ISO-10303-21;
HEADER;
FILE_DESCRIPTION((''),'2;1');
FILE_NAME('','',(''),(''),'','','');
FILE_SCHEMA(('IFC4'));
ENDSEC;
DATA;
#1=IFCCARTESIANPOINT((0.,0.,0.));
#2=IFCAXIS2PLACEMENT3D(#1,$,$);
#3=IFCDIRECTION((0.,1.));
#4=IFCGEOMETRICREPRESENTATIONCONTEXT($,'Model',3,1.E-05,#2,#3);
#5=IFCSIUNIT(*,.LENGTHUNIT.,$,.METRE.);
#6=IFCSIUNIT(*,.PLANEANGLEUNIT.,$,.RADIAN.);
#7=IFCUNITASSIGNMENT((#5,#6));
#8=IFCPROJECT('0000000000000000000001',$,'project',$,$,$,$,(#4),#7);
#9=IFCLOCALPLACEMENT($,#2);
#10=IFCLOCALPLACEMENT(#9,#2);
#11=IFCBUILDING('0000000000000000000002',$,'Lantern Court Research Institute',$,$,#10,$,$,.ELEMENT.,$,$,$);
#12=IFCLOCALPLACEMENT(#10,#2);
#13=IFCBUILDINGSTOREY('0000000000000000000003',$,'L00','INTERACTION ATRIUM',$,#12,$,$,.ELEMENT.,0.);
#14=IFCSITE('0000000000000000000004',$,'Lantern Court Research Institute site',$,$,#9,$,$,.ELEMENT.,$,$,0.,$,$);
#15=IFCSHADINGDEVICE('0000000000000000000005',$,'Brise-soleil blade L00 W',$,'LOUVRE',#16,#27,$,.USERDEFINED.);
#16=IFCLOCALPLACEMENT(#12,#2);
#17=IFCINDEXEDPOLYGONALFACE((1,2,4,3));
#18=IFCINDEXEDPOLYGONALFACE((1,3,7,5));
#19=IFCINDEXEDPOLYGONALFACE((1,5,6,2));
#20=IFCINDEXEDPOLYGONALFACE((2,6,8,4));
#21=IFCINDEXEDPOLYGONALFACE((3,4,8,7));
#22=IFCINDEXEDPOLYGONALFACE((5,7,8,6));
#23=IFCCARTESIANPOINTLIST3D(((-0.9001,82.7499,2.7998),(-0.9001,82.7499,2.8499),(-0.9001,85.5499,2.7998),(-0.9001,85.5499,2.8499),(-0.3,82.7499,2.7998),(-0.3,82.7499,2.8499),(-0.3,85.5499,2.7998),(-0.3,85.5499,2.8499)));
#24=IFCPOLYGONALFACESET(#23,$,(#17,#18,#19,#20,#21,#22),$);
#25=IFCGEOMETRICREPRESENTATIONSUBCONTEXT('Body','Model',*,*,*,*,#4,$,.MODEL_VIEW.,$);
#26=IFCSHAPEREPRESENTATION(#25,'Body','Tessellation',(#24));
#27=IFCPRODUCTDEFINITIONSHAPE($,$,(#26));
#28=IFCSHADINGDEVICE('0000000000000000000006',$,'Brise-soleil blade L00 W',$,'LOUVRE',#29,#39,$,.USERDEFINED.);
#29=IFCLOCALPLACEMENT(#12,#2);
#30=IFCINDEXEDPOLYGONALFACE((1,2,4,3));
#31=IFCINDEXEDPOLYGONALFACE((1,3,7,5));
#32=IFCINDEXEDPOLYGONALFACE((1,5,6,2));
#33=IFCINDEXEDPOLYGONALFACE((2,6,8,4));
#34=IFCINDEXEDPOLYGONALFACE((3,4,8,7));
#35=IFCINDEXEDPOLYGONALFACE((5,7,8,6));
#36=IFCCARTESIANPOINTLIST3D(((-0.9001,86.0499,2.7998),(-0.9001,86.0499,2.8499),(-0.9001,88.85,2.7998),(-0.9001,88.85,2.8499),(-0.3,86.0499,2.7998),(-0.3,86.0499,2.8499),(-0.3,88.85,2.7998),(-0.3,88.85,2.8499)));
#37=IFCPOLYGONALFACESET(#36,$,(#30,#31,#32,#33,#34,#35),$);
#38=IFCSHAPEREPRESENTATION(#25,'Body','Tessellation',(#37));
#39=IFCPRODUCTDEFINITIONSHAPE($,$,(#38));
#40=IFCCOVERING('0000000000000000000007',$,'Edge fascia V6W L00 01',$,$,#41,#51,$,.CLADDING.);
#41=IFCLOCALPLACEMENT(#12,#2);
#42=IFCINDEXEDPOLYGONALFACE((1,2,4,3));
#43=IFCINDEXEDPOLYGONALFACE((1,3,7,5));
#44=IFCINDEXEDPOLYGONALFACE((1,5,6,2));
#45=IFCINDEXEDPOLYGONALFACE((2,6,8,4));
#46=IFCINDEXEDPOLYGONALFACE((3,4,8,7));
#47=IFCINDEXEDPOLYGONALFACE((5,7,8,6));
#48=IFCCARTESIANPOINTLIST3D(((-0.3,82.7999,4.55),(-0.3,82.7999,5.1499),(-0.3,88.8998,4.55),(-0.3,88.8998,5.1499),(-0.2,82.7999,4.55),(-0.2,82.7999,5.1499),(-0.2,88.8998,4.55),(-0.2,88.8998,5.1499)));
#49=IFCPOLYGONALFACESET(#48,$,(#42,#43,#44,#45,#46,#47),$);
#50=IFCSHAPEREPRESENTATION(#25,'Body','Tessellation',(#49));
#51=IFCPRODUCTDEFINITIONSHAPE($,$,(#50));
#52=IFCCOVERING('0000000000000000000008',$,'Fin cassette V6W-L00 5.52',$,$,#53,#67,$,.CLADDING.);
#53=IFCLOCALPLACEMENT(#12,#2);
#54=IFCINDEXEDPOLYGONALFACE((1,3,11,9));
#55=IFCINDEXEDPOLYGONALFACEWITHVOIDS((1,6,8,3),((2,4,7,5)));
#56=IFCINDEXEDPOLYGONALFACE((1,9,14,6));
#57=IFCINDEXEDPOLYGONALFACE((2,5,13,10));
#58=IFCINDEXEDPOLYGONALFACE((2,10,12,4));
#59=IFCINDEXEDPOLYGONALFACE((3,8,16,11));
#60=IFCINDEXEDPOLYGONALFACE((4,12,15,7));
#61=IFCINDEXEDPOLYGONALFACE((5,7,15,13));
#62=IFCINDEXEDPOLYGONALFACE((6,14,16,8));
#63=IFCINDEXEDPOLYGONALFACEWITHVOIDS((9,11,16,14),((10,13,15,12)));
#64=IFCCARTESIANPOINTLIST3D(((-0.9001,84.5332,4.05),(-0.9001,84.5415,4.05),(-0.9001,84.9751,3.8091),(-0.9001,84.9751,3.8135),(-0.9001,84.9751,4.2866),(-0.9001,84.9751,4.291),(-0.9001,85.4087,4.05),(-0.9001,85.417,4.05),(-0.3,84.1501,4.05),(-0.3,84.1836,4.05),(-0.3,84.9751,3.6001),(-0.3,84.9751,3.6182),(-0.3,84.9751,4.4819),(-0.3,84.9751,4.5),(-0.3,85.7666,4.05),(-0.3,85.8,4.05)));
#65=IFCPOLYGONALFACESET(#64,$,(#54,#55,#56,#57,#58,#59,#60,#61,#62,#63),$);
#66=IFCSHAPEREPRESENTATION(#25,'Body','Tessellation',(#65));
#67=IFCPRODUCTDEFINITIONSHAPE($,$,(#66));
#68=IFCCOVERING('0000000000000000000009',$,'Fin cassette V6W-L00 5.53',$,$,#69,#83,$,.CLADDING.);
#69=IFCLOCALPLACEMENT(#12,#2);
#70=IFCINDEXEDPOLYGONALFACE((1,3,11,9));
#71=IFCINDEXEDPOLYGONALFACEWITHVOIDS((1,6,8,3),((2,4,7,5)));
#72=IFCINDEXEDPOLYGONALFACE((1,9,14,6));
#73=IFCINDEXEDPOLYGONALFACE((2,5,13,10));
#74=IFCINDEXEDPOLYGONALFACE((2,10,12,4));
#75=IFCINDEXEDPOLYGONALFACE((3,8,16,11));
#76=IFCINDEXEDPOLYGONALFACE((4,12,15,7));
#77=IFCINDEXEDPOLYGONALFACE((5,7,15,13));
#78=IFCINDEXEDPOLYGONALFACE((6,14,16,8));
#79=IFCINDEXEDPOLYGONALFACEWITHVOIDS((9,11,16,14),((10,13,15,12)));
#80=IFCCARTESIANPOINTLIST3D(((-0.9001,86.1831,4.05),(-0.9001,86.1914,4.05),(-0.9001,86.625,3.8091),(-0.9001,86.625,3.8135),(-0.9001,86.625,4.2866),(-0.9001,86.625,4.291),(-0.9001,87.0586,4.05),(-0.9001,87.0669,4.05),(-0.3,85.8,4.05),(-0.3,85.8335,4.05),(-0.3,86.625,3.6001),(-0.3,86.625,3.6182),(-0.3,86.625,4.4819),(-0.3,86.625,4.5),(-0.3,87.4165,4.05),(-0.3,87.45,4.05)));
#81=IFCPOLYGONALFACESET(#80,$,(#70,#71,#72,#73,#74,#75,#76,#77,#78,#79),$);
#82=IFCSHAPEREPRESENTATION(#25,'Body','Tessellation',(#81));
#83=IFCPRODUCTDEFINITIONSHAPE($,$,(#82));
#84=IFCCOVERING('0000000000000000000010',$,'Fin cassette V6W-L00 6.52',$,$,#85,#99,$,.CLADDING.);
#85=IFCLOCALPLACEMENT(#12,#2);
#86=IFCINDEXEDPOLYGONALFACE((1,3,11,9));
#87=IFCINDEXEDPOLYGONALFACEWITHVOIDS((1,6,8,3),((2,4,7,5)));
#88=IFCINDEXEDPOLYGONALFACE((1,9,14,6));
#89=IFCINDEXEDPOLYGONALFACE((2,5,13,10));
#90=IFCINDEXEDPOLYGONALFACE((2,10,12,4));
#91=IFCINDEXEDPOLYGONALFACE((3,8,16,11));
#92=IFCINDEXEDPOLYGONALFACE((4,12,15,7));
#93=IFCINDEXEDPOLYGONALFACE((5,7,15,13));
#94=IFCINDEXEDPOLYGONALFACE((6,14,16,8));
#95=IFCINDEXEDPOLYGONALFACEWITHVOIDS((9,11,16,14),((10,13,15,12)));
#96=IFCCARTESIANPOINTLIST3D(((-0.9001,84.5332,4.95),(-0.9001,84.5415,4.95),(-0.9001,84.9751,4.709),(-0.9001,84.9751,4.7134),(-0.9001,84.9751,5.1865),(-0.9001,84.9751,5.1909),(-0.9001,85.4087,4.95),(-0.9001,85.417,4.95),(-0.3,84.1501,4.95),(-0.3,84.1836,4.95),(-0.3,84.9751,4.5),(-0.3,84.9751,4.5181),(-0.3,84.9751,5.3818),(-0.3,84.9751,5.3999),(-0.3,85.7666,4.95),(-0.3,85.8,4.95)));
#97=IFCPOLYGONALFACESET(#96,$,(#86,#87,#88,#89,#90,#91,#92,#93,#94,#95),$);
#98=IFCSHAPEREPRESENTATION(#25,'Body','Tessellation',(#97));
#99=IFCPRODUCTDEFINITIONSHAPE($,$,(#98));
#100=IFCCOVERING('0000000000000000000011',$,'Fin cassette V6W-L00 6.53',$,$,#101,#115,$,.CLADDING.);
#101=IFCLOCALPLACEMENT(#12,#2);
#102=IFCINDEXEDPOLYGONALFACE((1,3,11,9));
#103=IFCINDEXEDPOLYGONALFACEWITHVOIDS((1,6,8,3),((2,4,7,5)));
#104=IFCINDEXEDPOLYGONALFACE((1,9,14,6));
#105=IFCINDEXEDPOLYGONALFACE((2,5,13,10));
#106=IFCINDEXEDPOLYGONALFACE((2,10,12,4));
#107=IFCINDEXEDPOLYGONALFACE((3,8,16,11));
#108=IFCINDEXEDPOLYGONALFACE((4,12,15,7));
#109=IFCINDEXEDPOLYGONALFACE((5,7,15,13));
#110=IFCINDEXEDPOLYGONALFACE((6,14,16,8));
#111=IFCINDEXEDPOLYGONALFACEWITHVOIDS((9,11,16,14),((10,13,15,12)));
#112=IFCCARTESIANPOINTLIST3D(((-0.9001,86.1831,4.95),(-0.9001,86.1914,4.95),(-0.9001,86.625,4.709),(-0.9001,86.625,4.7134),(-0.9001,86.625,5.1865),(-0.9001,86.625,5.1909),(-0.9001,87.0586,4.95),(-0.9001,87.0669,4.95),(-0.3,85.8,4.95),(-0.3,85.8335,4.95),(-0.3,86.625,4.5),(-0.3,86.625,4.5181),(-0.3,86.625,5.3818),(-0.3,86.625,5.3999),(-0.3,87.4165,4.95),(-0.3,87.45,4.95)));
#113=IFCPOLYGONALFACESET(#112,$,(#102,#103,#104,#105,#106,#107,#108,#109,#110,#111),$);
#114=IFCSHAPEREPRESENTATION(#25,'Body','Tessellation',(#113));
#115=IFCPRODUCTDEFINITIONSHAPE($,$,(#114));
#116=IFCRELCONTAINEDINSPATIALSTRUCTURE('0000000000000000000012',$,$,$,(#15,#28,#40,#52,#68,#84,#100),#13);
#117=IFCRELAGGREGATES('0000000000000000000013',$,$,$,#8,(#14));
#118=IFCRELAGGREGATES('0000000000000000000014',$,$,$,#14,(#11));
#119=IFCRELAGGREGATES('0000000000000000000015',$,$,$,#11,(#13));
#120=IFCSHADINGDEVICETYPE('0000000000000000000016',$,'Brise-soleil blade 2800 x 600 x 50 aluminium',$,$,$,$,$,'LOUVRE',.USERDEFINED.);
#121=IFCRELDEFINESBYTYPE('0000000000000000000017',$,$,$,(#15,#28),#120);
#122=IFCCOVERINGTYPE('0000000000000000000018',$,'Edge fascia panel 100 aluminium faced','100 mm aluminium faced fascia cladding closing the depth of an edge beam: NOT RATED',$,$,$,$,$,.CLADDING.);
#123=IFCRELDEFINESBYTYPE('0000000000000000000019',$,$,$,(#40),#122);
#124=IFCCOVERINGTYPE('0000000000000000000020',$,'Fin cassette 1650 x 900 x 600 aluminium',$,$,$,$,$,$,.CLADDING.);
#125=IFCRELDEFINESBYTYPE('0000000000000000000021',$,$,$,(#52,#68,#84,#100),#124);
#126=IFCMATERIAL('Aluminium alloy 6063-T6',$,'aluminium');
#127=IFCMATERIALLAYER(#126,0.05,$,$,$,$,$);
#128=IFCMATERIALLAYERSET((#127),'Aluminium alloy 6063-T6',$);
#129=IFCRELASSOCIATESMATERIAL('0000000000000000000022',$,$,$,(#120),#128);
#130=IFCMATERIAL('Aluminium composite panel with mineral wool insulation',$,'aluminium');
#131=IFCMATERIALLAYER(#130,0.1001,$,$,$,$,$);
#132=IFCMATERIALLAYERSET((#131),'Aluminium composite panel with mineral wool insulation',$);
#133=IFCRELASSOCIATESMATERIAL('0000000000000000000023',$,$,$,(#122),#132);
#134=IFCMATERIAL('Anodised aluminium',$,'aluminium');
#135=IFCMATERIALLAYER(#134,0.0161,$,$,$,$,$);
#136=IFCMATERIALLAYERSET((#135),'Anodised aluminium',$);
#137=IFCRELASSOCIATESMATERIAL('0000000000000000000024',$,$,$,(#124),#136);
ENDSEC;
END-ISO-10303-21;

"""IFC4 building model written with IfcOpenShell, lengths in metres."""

from ifc_helpers import new_model, entity, si_unit, direction, frame, frame_2d, origin, origin_2d, place, context, subcontext, project, spatial, rectangle, extrude, material, layer, layer_set, type_object, element, save


model = new_model("IFC4")

# Units and contexts
model_context = context("Model", 3, precision=1e-05, world=origin(), true_north=direction((0.0, 1.0)))
body_context = subcontext(model_context, "Body", "Model", "MODEL_VIEW")
ifc_project = project(units=[si_unit("LENGTHUNIT", "METRE"), si_unit("PLANEANGLEUNIT", "RADIAN")], contexts=[model_context])

# Site, building, storey
site_placement = place(None, origin())
site = spatial("IfcSite", under=ifc_project, at=site_placement, Name="Lantern Court Research Institute site", CompositionType="ELEMENT", RefElevation=0.0)
building_placement = place(site_placement, origin())
building = spatial("IfcBuilding", under=site, at=building_placement, Name="Lantern Court Research Institute", CompositionType="ELEMENT")
storey_placement = place(building_placement, origin())
storey = spatial("IfcBuildingStorey", under=building, at=storey_placement, Name="L00", Description="INTERACTION ATRIUM", CompositionType="ELEMENT", Elevation=0.0)

# Shading devices
ifc_material_1 = material(Name="Aluminium alloy 6063-T6", Category="aluminium")
ifc_layer_1 = layer(ifc_material_1, 0.05)
ifc_layer_set_1 = layer_set([ifc_layer_1], Name="Aluminium alloy 6063-T6")
shading_device_type = type_object("IfcShadingDeviceType", Name="Brise-soleil blade 2800 x 600 x 50 aluminium", ElementType="LOUVRE", PredefinedType="USERDEFINED", material=ifc_layer_set_1)
for number, where, z_axis, x_axis, name in (
    (1, (-0.6001, 84.1499, 2.7998), (0.0, 0.0, 1.0), (0.0, 1.0, 0.0), "Brise-soleil blade L00 W"),
    (2, (-0.6001, 87.45, 2.7998), (0.0, 0.0, 1.0), (0.0, 1.0, 0.0), "Brise-soleil blade L00 W"),
):
    element("IfcShadingDevice", number, at=place(storey_placement, frame(where, z_axis=z_axis, x_axis=x_axis)), inside=storey, type_object=shading_device_type, Name=name, ObjectType="LOUVRE", PredefinedType="USERDEFINED", context=body_context, shape_type="SweptSolid", body=[
        extrude(rectangle(XDim=2.8, YDim=0.6001, at=origin_2d()), origin(), (0.0, 0.0, 1.0), 0.05),
    ])

# Coverings
ifc_material_2 = material(Name="Aluminium composite panel with mineral wool insulation", Category="aluminium")
ifc_layer_2 = layer(ifc_material_2, 0.1001)
ifc_layer_set_2 = layer_set([ifc_layer_2], Name="Aluminium composite panel with mineral wool insulation")
covering_type_1 = type_object("IfcCoveringType", Name="Edge fascia panel 100 aluminium faced", Description="100 mm aluminium faced fascia cladding closing the depth of an edge beam: NOT RATED", PredefinedType="CLADDING", material=ifc_layer_set_2)
covering_1_placement = place(storey_placement, frame((-0.25, 82.8, 4.55), z_axis=(0.0, 0.0, 1.0), x_axis=(0.0, 1.0, 0.0)))
element("IfcCovering", 3, at=covering_1_placement, inside=storey, type_object=covering_type_1, Name="Edge fascia V6W L00 01", PredefinedType="CLADDING", context=body_context, shape_type="SweptSolid", body=[
    extrude(rectangle(XDim=6.0999, YDim=0.1001, at=frame_2d((3.0498, 0.0))), origin(), (0.0, 0.0, 1.0), 0.5999),
])
ifc_material_3 = material(Name="Anodised aluminium", Category="aluminium")
ifc_layer_3 = layer(ifc_material_3, 0.0161)
ifc_layer_set_3 = layer_set([ifc_layer_3], Name="Anodised aluminium")
covering_type_2 = type_object("IfcCoveringType", Name="Fin cassette 1650 x 900 x 600 aluminium", PredefinedType="CLADDING", material=ifc_layer_set_3)
covering_2_placement = place(storey_placement, frame((-0.3, 84.9751, 4.05), z_axis=(-1.0, 0.0, 0.0), x_axis=(0.0, -1.0, 0.0)))
cartesian_point_1 = entity("IfcCartesianPoint", [0.825, 0.0])
cartesian_point_2 = entity("IfcCartesianPoint", [0.7915, 0.0])
cartesian_point_3 = entity("IfcCartesianPoint", [0.4419, 0.0])
cartesian_point_4 = entity("IfcCartesianPoint", [0.4336, 0.0])
element("IfcCovering", 4, at=covering_2_placement, inside=storey, type_object=covering_type_2, Name="Fin cassette V6W-L00 5.52", PredefinedType="CLADDING", context=body_context, shape_type="SweptSolid", body=[
    entity("IfcExtrudedAreaSolidTapered", entity("IfcArbitraryProfileDefWithVoids", "AREA", None, entity("IfcPolyline", [cartesian_point_1, entity("IfcCartesianPoint", [0.0, 0.45]), entity("IfcCartesianPoint", [-0.825, 0.0]), entity("IfcCartesianPoint", [0.0, -0.45]), cartesian_point_1]), [entity("IfcPolyline", [cartesian_point_2, entity("IfcCartesianPoint", [0.0, 0.4319]), entity("IfcCartesianPoint", [-0.7915, 0.0]), entity("IfcCartesianPoint", [0.0, -0.4319]), cartesian_point_2])]), entity("IfcAxis2Placement3D", entity("IfcCartesianPoint", [0.0, 0.0, 0.0])), entity("IfcDirection", [0.0, 0.0, 1.0]), 0.6001, entity("IfcArbitraryProfileDefWithVoids", "AREA", None, entity("IfcPolyline", [cartesian_point_3, entity("IfcCartesianPoint", [0.0, 0.241]), entity("IfcCartesianPoint", [-0.4419, 0.0]), entity("IfcCartesianPoint", [0.0, -0.241]), cartesian_point_3]), [entity("IfcPolyline", [cartesian_point_4, entity("IfcCartesianPoint", [0.0, 0.2366]), entity("IfcCartesianPoint", [-0.4336, 0.0]), entity("IfcCartesianPoint", [0.0, -0.2366]), cartesian_point_4])])),
])
covering_3_placement = place(storey_placement, frame((-0.3, 86.625, 4.05), z_axis=(-1.0, 0.0, 0.0), x_axis=(0.0, -1.0, 0.0)))
cartesian_point_5 = entity("IfcCartesianPoint", [0.825, 0.0])
cartesian_point_6 = entity("IfcCartesianPoint", [0.7915, 0.0])
cartesian_point_7 = entity("IfcCartesianPoint", [0.4419, 0.0])
cartesian_point_8 = entity("IfcCartesianPoint", [0.4336, 0.0])
element("IfcCovering", 5, at=covering_3_placement, inside=storey, type_object=covering_type_2, Name="Fin cassette V6W-L00 5.53", PredefinedType="CLADDING", context=body_context, shape_type="SweptSolid", body=[
    entity("IfcExtrudedAreaSolidTapered", entity("IfcArbitraryProfileDefWithVoids", "AREA", None, entity("IfcPolyline", [cartesian_point_5, entity("IfcCartesianPoint", [0.0, 0.45]), entity("IfcCartesianPoint", [-0.825, 0.0]), entity("IfcCartesianPoint", [0.0, -0.45]), cartesian_point_5]), [entity("IfcPolyline", [cartesian_point_6, entity("IfcCartesianPoint", [0.0, 0.4319]), entity("IfcCartesianPoint", [-0.7915, 0.0]), entity("IfcCartesianPoint", [0.0, -0.4319]), cartesian_point_6])]), entity("IfcAxis2Placement3D", entity("IfcCartesianPoint", [0.0, 0.0, 0.0])), entity("IfcDirection", [0.0, 0.0, 1.0]), 0.6001, entity("IfcArbitraryProfileDefWithVoids", "AREA", None, entity("IfcPolyline", [cartesian_point_7, entity("IfcCartesianPoint", [0.0, 0.241]), entity("IfcCartesianPoint", [-0.4419, 0.0]), entity("IfcCartesianPoint", [0.0, -0.241]), cartesian_point_7]), [entity("IfcPolyline", [cartesian_point_8, entity("IfcCartesianPoint", [0.0, 0.2366]), entity("IfcCartesianPoint", [-0.4336, 0.0]), entity("IfcCartesianPoint", [0.0, -0.2366]), cartesian_point_8])])),
])
covering_4_placement = place(storey_placement, frame((-0.3, 84.9751, 4.95), z_axis=(-1.0, 0.0, 0.0), x_axis=(0.0, -1.0, 0.0)))
cartesian_point_9 = entity("IfcCartesianPoint", [0.825, 0.0])
cartesian_point_10 = entity("IfcCartesianPoint", [0.7915, 0.0])
cartesian_point_11 = entity("IfcCartesianPoint", [0.4419, 0.0])
cartesian_point_12 = entity("IfcCartesianPoint", [0.4336, 0.0])
element("IfcCovering", 6, at=covering_4_placement, inside=storey, type_object=covering_type_2, Name="Fin cassette V6W-L00 6.52", PredefinedType="CLADDING", context=body_context, shape_type="SweptSolid", body=[
    entity("IfcExtrudedAreaSolidTapered", entity("IfcArbitraryProfileDefWithVoids", "AREA", None, entity("IfcPolyline", [cartesian_point_9, entity("IfcCartesianPoint", [0.0, 0.45]), entity("IfcCartesianPoint", [-0.825, 0.0]), entity("IfcCartesianPoint", [0.0, -0.45]), cartesian_point_9]), [entity("IfcPolyline", [cartesian_point_10, entity("IfcCartesianPoint", [0.0, 0.4319]), entity("IfcCartesianPoint", [-0.7915, 0.0]), entity("IfcCartesianPoint", [0.0, -0.4319]), cartesian_point_10])]), entity("IfcAxis2Placement3D", entity("IfcCartesianPoint", [0.0, 0.0, 0.0])), entity("IfcDirection", [0.0, 0.0, 1.0]), 0.6001, entity("IfcArbitraryProfileDefWithVoids", "AREA", None, entity("IfcPolyline", [cartesian_point_11, entity("IfcCartesianPoint", [0.0, 0.241]), entity("IfcCartesianPoint", [-0.4419, 0.0]), entity("IfcCartesianPoint", [0.0, -0.241]), cartesian_point_11]), [entity("IfcPolyline", [cartesian_point_12, entity("IfcCartesianPoint", [0.0, 0.2366]), entity("IfcCartesianPoint", [-0.4336, 0.0]), entity("IfcCartesianPoint", [0.0, -0.2366]), cartesian_point_12])])),
])
covering_5_placement = place(storey_placement, frame((-0.3, 86.625, 4.95), z_axis=(-1.0, 0.0, 0.0), x_axis=(0.0, -1.0, 0.0)))
cartesian_point_13 = entity("IfcCartesianPoint", [0.825, 0.0])
cartesian_point_14 = entity("IfcCartesianPoint", [0.7915, 0.0])
cartesian_point_15 = entity("IfcCartesianPoint", [0.4419, 0.0])
cartesian_point_16 = entity("IfcCartesianPoint", [0.4336, 0.0])
element("IfcCovering", 7, at=covering_5_placement, inside=storey, type_object=covering_type_2, Name="Fin cassette V6W-L00 6.53", PredefinedType="CLADDING", context=body_context, shape_type="SweptSolid", body=[
    entity("IfcExtrudedAreaSolidTapered", entity("IfcArbitraryProfileDefWithVoids", "AREA", None, entity("IfcPolyline", [cartesian_point_13, entity("IfcCartesianPoint", [0.0, 0.45]), entity("IfcCartesianPoint", [-0.825, 0.0]), entity("IfcCartesianPoint", [0.0, -0.45]), cartesian_point_13]), [entity("IfcPolyline", [cartesian_point_14, entity("IfcCartesianPoint", [0.0, 0.4319]), entity("IfcCartesianPoint", [-0.7915, 0.0]), entity("IfcCartesianPoint", [0.0, -0.4319]), cartesian_point_14])]), entity("IfcAxis2Placement3D", entity("IfcCartesianPoint", [0.0, 0.0, 0.0])), entity("IfcDirection", [0.0, 0.0, 1.0]), 0.6001, entity("IfcArbitraryProfileDefWithVoids", "AREA", None, entity("IfcPolyline", [cartesian_point_15, entity("IfcCartesianPoint", [0.0, 0.241]), entity("IfcCartesianPoint", [-0.4419, 0.0]), entity("IfcCartesianPoint", [0.0, -0.241]), cartesian_point_15]), [entity("IfcPolyline", [cartesian_point_16, entity("IfcCartesianPoint", [0.0, 0.2366]), entity("IfcCartesianPoint", [-0.4336, 0.0]), entity("IfcCartesianPoint", [0.0, -0.2366]), cartesian_point_16])])),
])

save(model, "model.ifc")
